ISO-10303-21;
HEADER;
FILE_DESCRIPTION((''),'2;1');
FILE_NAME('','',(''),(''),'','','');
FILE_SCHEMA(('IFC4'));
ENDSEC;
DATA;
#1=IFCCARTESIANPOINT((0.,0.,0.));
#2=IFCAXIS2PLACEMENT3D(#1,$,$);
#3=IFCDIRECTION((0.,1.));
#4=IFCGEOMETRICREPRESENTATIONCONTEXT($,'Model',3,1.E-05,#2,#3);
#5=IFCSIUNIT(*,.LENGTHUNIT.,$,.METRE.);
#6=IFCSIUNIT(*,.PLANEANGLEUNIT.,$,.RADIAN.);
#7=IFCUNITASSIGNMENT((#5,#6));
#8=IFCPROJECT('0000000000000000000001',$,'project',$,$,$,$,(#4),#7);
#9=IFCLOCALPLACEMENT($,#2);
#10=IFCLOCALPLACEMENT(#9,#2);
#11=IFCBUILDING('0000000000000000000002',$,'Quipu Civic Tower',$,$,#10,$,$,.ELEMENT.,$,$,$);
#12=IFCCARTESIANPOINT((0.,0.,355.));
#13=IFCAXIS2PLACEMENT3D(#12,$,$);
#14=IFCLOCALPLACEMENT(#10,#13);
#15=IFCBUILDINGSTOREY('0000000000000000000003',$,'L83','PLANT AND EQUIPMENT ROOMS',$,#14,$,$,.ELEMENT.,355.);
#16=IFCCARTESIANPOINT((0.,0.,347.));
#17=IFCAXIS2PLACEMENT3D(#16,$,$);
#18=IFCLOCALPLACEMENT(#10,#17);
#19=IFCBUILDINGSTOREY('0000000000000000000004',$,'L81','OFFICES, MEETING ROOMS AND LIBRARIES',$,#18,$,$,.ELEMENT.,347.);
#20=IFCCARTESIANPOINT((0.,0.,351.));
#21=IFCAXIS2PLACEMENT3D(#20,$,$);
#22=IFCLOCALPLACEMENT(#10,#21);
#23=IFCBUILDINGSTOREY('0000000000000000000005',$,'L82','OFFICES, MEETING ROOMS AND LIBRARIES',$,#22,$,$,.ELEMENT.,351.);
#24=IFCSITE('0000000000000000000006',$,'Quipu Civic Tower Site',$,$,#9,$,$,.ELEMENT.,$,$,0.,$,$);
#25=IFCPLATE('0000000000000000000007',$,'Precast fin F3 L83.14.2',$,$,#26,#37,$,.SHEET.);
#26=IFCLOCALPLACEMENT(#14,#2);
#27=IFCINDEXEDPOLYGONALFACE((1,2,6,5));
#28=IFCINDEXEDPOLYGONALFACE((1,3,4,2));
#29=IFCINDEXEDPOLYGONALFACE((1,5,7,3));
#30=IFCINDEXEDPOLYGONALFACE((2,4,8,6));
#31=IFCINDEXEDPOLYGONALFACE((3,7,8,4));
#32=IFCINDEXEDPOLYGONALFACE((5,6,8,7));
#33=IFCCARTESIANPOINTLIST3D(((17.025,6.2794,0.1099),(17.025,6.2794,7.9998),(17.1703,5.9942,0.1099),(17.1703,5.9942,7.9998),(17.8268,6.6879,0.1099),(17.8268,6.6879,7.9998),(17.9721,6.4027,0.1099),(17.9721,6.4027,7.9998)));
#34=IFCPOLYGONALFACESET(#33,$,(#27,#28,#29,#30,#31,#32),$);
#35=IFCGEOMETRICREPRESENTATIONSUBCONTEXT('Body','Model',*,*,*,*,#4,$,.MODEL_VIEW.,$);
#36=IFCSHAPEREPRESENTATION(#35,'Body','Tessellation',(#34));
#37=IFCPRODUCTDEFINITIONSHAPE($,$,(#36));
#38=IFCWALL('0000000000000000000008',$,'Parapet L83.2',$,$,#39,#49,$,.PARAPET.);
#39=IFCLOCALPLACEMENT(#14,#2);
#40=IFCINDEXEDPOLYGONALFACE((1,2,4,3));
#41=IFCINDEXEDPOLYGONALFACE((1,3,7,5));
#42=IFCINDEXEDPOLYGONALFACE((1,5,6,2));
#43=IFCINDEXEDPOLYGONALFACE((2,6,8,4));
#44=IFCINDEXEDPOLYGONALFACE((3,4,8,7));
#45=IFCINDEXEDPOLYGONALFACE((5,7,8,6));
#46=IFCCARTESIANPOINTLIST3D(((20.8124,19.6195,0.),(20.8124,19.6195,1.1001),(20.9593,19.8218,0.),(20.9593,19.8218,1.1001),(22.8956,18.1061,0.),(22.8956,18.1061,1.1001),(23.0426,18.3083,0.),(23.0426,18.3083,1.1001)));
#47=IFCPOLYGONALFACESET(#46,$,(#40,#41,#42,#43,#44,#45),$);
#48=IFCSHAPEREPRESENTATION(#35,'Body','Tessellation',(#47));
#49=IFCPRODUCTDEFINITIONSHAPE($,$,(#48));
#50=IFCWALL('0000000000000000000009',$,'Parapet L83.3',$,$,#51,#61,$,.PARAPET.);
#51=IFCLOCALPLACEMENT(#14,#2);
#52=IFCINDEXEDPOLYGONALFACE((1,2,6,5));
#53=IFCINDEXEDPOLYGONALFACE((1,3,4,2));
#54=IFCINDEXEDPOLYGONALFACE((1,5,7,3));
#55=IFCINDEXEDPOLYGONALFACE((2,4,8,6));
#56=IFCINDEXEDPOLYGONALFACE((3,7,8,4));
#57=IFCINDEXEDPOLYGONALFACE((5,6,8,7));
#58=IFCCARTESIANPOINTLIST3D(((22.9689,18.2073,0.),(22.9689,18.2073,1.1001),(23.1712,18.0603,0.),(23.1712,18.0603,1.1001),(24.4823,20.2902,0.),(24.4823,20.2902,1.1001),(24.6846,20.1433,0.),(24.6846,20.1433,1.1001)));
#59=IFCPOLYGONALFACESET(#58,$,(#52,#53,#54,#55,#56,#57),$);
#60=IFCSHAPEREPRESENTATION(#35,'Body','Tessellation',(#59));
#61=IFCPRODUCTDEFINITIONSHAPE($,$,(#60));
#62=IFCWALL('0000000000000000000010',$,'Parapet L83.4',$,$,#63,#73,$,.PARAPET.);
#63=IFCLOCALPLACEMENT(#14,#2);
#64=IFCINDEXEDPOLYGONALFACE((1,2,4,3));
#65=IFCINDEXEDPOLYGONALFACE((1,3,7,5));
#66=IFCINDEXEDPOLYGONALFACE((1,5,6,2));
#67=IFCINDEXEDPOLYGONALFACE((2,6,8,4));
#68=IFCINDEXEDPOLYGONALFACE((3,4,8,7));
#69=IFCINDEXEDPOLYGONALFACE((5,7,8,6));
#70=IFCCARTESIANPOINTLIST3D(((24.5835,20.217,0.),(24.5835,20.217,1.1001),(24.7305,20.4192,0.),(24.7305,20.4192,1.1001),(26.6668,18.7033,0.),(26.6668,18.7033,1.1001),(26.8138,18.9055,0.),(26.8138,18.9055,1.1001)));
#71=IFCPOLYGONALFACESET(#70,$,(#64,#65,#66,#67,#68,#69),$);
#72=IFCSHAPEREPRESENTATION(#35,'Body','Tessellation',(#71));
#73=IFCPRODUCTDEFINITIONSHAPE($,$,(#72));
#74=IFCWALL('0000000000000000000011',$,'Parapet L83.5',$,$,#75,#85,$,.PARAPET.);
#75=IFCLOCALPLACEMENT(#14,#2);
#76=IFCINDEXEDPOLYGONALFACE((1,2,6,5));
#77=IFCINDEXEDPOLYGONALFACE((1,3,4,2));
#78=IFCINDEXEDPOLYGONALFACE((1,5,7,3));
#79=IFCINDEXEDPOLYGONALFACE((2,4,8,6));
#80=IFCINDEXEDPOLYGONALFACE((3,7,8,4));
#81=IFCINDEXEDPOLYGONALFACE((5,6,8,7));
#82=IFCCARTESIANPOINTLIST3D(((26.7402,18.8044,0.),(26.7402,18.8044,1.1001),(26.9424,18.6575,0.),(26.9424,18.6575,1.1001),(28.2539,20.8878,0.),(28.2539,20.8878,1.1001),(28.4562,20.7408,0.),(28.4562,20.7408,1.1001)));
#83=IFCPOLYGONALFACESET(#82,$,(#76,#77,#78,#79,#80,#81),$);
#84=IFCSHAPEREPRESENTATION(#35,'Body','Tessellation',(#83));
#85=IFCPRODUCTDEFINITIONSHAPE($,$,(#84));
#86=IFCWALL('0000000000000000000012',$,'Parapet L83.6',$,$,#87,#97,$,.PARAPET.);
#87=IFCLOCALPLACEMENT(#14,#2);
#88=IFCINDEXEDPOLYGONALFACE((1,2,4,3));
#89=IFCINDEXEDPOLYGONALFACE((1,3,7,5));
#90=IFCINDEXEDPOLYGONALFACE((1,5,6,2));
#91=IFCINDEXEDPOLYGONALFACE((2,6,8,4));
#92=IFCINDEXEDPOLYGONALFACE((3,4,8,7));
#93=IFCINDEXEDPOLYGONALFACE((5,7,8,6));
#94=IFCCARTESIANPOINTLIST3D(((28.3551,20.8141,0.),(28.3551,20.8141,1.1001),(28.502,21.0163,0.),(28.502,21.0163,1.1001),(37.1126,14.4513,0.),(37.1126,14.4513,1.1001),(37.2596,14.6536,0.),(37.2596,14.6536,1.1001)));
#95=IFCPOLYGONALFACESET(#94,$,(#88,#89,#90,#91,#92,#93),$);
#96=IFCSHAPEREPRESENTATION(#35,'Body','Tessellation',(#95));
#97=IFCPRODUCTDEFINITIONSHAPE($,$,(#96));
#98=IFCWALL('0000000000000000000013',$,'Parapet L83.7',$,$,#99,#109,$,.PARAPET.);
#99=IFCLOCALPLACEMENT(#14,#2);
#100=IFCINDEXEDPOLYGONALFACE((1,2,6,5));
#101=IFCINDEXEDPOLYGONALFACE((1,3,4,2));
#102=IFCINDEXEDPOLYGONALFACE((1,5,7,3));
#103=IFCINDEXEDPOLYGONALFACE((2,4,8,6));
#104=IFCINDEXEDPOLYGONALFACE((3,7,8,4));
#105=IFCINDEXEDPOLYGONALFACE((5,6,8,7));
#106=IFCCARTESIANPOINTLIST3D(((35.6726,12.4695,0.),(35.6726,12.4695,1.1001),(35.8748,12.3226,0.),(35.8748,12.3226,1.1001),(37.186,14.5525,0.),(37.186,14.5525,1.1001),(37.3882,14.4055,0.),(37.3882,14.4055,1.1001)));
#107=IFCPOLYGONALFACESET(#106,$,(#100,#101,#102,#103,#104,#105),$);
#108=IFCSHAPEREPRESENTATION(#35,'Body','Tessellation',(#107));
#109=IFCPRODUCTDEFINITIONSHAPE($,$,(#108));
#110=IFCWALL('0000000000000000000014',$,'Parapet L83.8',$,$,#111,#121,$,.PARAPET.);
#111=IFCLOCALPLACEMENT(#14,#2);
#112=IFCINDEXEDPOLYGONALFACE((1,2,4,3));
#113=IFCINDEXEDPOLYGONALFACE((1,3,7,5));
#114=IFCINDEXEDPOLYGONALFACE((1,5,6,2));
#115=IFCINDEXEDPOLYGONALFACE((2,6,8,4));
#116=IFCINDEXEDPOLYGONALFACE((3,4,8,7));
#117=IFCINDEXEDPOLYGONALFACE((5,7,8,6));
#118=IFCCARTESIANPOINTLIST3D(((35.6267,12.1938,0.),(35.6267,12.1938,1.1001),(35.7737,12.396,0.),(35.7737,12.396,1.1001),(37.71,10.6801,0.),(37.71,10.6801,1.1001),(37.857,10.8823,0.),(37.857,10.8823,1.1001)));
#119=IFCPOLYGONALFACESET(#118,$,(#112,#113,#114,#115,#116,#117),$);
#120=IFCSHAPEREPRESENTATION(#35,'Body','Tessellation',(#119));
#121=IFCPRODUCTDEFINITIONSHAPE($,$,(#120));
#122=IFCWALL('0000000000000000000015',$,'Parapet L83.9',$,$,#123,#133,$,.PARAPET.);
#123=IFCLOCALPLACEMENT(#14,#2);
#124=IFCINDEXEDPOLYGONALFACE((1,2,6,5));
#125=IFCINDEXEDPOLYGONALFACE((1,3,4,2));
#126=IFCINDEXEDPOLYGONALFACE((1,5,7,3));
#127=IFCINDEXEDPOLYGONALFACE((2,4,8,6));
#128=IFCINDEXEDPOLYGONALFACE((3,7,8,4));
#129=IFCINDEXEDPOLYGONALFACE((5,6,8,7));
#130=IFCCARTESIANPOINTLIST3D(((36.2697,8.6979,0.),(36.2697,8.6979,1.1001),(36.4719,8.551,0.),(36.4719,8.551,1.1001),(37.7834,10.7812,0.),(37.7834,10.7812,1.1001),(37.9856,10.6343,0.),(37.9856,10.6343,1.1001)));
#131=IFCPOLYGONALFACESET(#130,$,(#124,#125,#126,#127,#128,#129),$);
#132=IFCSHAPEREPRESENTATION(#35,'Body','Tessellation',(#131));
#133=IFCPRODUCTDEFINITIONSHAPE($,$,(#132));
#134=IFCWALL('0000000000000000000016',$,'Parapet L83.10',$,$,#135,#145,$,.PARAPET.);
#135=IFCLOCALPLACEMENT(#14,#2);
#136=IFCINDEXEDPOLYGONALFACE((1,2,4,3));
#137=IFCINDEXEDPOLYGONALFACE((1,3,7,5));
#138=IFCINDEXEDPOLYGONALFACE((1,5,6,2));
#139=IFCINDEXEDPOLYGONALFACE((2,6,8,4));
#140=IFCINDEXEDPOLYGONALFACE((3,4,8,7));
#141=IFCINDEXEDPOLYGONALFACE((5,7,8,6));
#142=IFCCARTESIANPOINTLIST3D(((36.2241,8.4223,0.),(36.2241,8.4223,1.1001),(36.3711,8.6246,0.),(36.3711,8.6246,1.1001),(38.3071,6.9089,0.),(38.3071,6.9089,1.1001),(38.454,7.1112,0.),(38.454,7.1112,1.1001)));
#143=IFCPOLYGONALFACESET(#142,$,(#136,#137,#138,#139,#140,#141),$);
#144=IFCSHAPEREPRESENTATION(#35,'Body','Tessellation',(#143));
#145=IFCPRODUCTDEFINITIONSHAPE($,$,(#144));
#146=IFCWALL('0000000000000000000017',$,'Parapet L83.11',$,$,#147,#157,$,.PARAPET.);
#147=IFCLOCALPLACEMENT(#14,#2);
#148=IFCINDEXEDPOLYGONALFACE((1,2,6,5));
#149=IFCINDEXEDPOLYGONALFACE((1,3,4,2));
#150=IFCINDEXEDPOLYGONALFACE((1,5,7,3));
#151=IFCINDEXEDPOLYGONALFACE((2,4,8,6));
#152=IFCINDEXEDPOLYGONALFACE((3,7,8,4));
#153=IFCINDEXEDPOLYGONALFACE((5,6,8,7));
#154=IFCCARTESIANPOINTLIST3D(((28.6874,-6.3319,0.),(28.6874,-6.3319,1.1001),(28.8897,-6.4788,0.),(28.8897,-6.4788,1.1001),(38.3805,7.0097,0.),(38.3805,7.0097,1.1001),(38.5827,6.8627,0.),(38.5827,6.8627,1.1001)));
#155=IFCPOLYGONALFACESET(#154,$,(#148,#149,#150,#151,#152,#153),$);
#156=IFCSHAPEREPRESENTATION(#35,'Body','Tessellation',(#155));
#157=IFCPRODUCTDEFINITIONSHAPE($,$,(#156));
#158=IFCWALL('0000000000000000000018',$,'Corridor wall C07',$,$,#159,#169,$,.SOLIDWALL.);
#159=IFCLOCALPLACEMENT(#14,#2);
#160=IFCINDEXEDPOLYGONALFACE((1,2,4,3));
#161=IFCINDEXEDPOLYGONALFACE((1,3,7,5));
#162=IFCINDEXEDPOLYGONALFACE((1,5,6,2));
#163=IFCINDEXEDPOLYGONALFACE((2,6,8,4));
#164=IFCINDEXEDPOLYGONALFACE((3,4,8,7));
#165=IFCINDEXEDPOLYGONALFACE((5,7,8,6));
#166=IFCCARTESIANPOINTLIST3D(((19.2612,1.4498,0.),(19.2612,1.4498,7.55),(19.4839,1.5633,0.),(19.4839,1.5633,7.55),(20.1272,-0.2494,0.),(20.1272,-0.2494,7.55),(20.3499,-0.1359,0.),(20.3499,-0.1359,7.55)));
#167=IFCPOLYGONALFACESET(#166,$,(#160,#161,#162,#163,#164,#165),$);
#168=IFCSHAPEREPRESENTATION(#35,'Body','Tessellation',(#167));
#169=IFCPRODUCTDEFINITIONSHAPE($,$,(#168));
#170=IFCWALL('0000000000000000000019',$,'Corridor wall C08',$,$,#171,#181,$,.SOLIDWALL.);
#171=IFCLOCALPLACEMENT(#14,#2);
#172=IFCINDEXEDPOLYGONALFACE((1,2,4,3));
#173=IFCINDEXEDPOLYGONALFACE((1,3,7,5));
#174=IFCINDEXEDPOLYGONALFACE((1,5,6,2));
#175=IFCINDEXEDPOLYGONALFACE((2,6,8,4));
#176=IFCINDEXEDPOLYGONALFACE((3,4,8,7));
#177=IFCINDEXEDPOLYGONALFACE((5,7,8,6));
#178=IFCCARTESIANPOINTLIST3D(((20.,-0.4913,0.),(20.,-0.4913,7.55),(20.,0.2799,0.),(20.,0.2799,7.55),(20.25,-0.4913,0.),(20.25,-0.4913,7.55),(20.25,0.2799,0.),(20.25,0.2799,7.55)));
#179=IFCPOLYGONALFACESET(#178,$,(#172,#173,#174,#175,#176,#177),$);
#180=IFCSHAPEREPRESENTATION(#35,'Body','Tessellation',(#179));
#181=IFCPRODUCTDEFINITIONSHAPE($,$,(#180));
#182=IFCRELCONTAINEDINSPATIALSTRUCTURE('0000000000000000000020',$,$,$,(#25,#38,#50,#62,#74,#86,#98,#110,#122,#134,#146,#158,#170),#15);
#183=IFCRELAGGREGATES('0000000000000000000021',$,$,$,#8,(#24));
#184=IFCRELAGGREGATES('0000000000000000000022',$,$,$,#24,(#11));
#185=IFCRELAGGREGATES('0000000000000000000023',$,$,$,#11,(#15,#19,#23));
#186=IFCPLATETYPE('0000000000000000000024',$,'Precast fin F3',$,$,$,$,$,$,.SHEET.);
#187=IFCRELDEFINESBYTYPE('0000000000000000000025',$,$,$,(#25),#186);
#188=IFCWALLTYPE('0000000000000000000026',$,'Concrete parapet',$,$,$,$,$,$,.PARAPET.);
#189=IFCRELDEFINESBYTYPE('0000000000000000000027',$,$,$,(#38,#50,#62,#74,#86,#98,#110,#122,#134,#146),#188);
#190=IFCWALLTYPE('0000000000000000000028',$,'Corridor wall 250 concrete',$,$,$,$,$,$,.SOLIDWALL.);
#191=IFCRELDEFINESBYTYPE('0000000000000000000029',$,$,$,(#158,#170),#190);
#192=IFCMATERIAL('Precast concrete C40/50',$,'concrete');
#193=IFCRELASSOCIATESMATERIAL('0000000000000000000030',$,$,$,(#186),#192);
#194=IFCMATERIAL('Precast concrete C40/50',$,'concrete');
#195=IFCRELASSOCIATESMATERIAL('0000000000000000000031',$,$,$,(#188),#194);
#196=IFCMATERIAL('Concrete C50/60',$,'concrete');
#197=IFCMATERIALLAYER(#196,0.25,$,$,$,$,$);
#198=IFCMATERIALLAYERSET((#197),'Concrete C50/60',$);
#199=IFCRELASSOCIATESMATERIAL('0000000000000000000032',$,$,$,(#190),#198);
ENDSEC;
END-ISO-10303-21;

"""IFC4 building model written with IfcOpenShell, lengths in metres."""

from ifc_helpers import new_model, si_unit, direction, frame, frame_2d, origin, origin_2d, place, context, subcontext, project, spatial, rectangle, extrude, material, layer, layer_set, type_object, element, save


model = new_model("IFC4")

# Units and contexts
model_context = context("Model", 3, precision=1e-05, world=origin(), true_north=direction((0.0, 1.0)))
body_context = subcontext(model_context, "Body", "Model", "MODEL_VIEW")
ifc_project = project(units=[si_unit("LENGTHUNIT", "METRE"), si_unit("PLANEANGLEUNIT", "RADIAN")], contexts=[model_context])

# Site, building, storey
site_placement = place(None, origin())
site = spatial("IfcSite", under=ifc_project, at=site_placement, Name="Quipu Civic Tower Site", CompositionType="ELEMENT", RefElevation=0.0)
building_placement = place(site_placement, origin())
building = spatial("IfcBuilding", under=site, at=building_placement, Name="Quipu Civic Tower", CompositionType="ELEMENT")
storey_1_placement = place(building_placement, frame((0.0, 0.0, 355.0)))
storey_1 = spatial("IfcBuildingStorey", under=building, at=storey_1_placement, Name="L83", Description="PLANT AND EQUIPMENT ROOMS", CompositionType="ELEMENT", Elevation=355.0)

# Shared definitions
storey_2_placement = place(building_placement, frame((0.0, 0.0, 347.0)))
storey_2 = spatial("IfcBuildingStorey", under=building, at=storey_2_placement, Name="L81", Description="OFFICES, MEETING ROOMS AND LIBRARIES", CompositionType="ELEMENT", Elevation=347.0)

# Shared definitions
storey_3_placement = place(building_placement, frame((0.0, 0.0, 351.0)))
storey_3 = spatial("IfcBuildingStorey", under=building, at=storey_3_placement, Name="L82", Description="OFFICES, MEETING ROOMS AND LIBRARIES", CompositionType="ELEMENT", Elevation=351.0)

# Plate
ifc_material_1 = material(Name="Precast concrete C40/50", Category="concrete")
plate_type_1 = type_object("IfcPlateType", Name="Precast fin F3", PredefinedType="SHEET", material=ifc_material_1)
for number, where, z_axis, x_axis, name in (
    (1, (17.4985, 6.3411, 0.1099), (0.0, 0.0, 1.0), (-0.45399, 0.891007, 0.0), "Precast fin F3 L83.14.2"),
):
    element("IfcPlate", number, at=place(storey_1_placement, frame(where, z_axis=z_axis, x_axis=x_axis)), inside=storey_1, type_object=plate_type_1, Name=name, PredefinedType="SHEET", context=body_context, shape_type="SweptSolid", body=[
        extrude(rectangle(XDim=0.3201, YDim=0.8999, at=origin_2d()), origin(), (0.0, 0.0, 1.0), 7.8899),
    ])

# Walls
ifc_material_2 = material(Name="Precast concrete C40/50", Category="concrete")
wall_type_1 = type_object("IfcWallType", Name="Concrete parapet", PredefinedType="PARAPET", material=ifc_material_2)
wall_1_placement = place(storey_1_placement, frame((20.8857, 19.7207, 0.0), z_axis=(0.0, 0.0, 1.0), x_axis=(0.809043, -0.587749, 0.0)))
element("IfcWall", 2, at=wall_1_placement, inside=storey_1, type_object=wall_type_1, Name="Parapet L83.2", PredefinedType="PARAPET", context=body_context, shape_type="SweptSolid", body=[
    extrude(rectangle(XDim=2.575, YDim=0.25, at=frame_2d((1.2876, 0.0))), origin(), (0.0, 0.0, 1.0), 1.1001),
])
wall_2_placement = place(storey_1_placement, frame((23.0701, 18.1338, 0.0), z_axis=(0.0, 0.0, 1.0), x_axis=(0.587794, 0.809011, 0.0)))
element("IfcWall", 3, at=wall_2_placement, inside=storey_1, type_object=wall_type_1, Name="Parapet L83.3", PredefinedType="PARAPET", context=body_context, shape_type="SweptSolid", body=[
    extrude(rectangle(XDim=2.5747, YDim=0.25, at=frame_2d((1.2874, 0.0))), origin(), (0.0, 0.0, 1.0), 1.1001),
])
for number, where, z_axis, x_axis, name in (
    (4, (24.657, 20.3181, 0.0), (0.0, 0.0, 1.0), (0.808998, -0.587811, 0.0), "Parapet L83.4"),
    (5, (26.8413, 18.731, 0.0), (0.0, 0.0, 1.0), (0.587811, 0.808998, 0.0), "Parapet L83.5"),
):
    element("IfcWall", number, at=place(storey_1_placement, frame(where, z_axis=z_axis, x_axis=x_axis)), inside=storey_1, type_object=wall_type_1, Name=name, PredefinedType="PARAPET", context=body_context, shape_type="SweptSolid", body=[
        extrude(rectangle(XDim=2.5752, YDim=0.25, at=frame_2d((1.2876, 0.0))), origin(), (0.0, 0.0, 1.0), 1.1001),
    ])
wall_3_placement = place(storey_1_placement, frame((28.4285, 20.9153, 0.0), z_axis=(0.0, 0.0, 1.0), x_axis=(0.809015, -0.587788, 0.0)))
element("IfcWall", 6, at=wall_3_placement, inside=storey_1, type_object=wall_type_1, Name="Parapet L83.6", PredefinedType="PARAPET", context=body_context, shape_type="SweptSolid", body=[
    extrude(rectangle(XDim=10.825, YDim=0.25, at=frame_2d((5.4126, 0.0))), origin(), (0.0, 0.0, 1.0), 1.1001),
])
wall_4_placement = place(storey_1_placement, frame((37.2871, 14.479, 0.0), z_axis=(0.0, 0.0, 1.0), x_axis=(-0.587794, -0.809011, 0.0)))
element("IfcWall", 7, at=wall_4_placement, inside=storey_1, type_object=wall_type_1, Name="Parapet L83.7", PredefinedType="PARAPET", context=body_context, shape_type="SweptSolid", body=[
    extrude(rectangle(XDim=2.5747, YDim=0.25, at=frame_2d((1.2874, 0.0))), origin(), (0.0, 0.0, 1.0), 1.1001),
])
for number, where, z_axis, x_axis, name in (
    (8, (35.7002, 12.2949, 0.0), (0.0, 0.0, 1.0), (0.808998, -0.587811, 0.0), "Parapet L83.8"),
    (9, (37.8845, 10.7078, 0.0), (0.0, 0.0, 1.0), (-0.587811, -0.808998, 0.0), "Parapet L83.9"),
):
    element("IfcWall", number, at=place(storey_1_placement, frame(where, z_axis=z_axis, x_axis=x_axis)), inside=storey_1, type_object=wall_type_1, Name=name, PredefinedType="PARAPET", context=body_context, shape_type="SweptSolid", body=[
        extrude(rectangle(XDim=2.5752, YDim=0.25, at=frame_2d((1.2876, 0.0))), origin(), (0.0, 0.0, 1.0), 1.1001),
    ])
wall_5_placement = place(storey_1_placement, frame((36.2976, 8.5234, 0.0), z_axis=(0.0, 0.0, 1.0), x_axis=(0.809011, -0.587794, 0.0)))
element("IfcWall", 10, at=wall_5_placement, inside=storey_1, type_object=wall_type_1, Name="Parapet L83.10", PredefinedType="PARAPET", context=body_context, shape_type="SweptSolid", body=[
    extrude(rectangle(XDim=2.5747, YDim=0.25, at=frame_2d((1.2874, 0.0))), origin(), (0.0, 0.0, 1.0), 1.1001),
])
wall_6_placement = place(storey_1_placement, frame((38.4817, 6.9363, 0.0), z_axis=(0.0, 0.0, 1.0), x_axis=(-0.587782, -0.80902, 0.0)))
element("IfcWall", 11, at=wall_6_placement, inside=storey_1, type_object=wall_type_1, Name="Parapet L83.11", PredefinedType="PARAPET", context=body_context, shape_type="SweptSolid", body=[
    extrude(rectangle(XDim=16.491, YDim=0.25, at=frame_2d((8.2456, 0.0))), origin(), (0.0, 0.0, 1.0), 1.1001),
])
ifc_material_3 = material(Name="Concrete C50/60", Category="concrete")
ifc_layer_1 = layer(ifc_material_3, 0.25)
ifc_layer_set_1 = layer_set([ifc_layer_1], Name="Concrete C50/60")
wall_type_2 = type_object("IfcWallType", Name="Corridor wall 250 concrete", PredefinedType="SOLIDWALL", material=ifc_layer_set_1)
wall_7_placement = place(storey_1_placement, frame((19.3726, 1.5066, 0.0), z_axis=(0.0, 0.0, 1.0), x_axis=(0.454062, -0.89097, 0.0)))
element("IfcWall", 12, at=wall_7_placement, inside=storey_1, type_object=wall_type_2, Name="Corridor wall C07", PredefinedType="SOLIDWALL", context=body_context, shape_type="SweptSolid", body=[
    extrude(rectangle(XDim=1.9072, YDim=0.25, at=frame_2d((0.9536, 0.0))), origin(), (0.0, 0.0, 1.0), 7.55),
])
wall_8_placement = place(storey_1_placement, frame((20.125, 0.28, 0.0), z_axis=(0.0, 0.0, 1.0), x_axis=(0.0, -1.0, 0.0)))
element("IfcWall", 13, at=wall_8_placement, inside=storey_1, type_object=wall_type_2, Name="Corridor wall C08", PredefinedType="SOLIDWALL", context=body_context, shape_type="SweptSolid", body=[
    extrude(rectangle(XDim=0.7712, YDim=0.25, at=frame_2d((0.3857, 0.0))), origin(), (0.0, 0.0, 1.0), 7.55),
])

save(model, "model.ifc")
